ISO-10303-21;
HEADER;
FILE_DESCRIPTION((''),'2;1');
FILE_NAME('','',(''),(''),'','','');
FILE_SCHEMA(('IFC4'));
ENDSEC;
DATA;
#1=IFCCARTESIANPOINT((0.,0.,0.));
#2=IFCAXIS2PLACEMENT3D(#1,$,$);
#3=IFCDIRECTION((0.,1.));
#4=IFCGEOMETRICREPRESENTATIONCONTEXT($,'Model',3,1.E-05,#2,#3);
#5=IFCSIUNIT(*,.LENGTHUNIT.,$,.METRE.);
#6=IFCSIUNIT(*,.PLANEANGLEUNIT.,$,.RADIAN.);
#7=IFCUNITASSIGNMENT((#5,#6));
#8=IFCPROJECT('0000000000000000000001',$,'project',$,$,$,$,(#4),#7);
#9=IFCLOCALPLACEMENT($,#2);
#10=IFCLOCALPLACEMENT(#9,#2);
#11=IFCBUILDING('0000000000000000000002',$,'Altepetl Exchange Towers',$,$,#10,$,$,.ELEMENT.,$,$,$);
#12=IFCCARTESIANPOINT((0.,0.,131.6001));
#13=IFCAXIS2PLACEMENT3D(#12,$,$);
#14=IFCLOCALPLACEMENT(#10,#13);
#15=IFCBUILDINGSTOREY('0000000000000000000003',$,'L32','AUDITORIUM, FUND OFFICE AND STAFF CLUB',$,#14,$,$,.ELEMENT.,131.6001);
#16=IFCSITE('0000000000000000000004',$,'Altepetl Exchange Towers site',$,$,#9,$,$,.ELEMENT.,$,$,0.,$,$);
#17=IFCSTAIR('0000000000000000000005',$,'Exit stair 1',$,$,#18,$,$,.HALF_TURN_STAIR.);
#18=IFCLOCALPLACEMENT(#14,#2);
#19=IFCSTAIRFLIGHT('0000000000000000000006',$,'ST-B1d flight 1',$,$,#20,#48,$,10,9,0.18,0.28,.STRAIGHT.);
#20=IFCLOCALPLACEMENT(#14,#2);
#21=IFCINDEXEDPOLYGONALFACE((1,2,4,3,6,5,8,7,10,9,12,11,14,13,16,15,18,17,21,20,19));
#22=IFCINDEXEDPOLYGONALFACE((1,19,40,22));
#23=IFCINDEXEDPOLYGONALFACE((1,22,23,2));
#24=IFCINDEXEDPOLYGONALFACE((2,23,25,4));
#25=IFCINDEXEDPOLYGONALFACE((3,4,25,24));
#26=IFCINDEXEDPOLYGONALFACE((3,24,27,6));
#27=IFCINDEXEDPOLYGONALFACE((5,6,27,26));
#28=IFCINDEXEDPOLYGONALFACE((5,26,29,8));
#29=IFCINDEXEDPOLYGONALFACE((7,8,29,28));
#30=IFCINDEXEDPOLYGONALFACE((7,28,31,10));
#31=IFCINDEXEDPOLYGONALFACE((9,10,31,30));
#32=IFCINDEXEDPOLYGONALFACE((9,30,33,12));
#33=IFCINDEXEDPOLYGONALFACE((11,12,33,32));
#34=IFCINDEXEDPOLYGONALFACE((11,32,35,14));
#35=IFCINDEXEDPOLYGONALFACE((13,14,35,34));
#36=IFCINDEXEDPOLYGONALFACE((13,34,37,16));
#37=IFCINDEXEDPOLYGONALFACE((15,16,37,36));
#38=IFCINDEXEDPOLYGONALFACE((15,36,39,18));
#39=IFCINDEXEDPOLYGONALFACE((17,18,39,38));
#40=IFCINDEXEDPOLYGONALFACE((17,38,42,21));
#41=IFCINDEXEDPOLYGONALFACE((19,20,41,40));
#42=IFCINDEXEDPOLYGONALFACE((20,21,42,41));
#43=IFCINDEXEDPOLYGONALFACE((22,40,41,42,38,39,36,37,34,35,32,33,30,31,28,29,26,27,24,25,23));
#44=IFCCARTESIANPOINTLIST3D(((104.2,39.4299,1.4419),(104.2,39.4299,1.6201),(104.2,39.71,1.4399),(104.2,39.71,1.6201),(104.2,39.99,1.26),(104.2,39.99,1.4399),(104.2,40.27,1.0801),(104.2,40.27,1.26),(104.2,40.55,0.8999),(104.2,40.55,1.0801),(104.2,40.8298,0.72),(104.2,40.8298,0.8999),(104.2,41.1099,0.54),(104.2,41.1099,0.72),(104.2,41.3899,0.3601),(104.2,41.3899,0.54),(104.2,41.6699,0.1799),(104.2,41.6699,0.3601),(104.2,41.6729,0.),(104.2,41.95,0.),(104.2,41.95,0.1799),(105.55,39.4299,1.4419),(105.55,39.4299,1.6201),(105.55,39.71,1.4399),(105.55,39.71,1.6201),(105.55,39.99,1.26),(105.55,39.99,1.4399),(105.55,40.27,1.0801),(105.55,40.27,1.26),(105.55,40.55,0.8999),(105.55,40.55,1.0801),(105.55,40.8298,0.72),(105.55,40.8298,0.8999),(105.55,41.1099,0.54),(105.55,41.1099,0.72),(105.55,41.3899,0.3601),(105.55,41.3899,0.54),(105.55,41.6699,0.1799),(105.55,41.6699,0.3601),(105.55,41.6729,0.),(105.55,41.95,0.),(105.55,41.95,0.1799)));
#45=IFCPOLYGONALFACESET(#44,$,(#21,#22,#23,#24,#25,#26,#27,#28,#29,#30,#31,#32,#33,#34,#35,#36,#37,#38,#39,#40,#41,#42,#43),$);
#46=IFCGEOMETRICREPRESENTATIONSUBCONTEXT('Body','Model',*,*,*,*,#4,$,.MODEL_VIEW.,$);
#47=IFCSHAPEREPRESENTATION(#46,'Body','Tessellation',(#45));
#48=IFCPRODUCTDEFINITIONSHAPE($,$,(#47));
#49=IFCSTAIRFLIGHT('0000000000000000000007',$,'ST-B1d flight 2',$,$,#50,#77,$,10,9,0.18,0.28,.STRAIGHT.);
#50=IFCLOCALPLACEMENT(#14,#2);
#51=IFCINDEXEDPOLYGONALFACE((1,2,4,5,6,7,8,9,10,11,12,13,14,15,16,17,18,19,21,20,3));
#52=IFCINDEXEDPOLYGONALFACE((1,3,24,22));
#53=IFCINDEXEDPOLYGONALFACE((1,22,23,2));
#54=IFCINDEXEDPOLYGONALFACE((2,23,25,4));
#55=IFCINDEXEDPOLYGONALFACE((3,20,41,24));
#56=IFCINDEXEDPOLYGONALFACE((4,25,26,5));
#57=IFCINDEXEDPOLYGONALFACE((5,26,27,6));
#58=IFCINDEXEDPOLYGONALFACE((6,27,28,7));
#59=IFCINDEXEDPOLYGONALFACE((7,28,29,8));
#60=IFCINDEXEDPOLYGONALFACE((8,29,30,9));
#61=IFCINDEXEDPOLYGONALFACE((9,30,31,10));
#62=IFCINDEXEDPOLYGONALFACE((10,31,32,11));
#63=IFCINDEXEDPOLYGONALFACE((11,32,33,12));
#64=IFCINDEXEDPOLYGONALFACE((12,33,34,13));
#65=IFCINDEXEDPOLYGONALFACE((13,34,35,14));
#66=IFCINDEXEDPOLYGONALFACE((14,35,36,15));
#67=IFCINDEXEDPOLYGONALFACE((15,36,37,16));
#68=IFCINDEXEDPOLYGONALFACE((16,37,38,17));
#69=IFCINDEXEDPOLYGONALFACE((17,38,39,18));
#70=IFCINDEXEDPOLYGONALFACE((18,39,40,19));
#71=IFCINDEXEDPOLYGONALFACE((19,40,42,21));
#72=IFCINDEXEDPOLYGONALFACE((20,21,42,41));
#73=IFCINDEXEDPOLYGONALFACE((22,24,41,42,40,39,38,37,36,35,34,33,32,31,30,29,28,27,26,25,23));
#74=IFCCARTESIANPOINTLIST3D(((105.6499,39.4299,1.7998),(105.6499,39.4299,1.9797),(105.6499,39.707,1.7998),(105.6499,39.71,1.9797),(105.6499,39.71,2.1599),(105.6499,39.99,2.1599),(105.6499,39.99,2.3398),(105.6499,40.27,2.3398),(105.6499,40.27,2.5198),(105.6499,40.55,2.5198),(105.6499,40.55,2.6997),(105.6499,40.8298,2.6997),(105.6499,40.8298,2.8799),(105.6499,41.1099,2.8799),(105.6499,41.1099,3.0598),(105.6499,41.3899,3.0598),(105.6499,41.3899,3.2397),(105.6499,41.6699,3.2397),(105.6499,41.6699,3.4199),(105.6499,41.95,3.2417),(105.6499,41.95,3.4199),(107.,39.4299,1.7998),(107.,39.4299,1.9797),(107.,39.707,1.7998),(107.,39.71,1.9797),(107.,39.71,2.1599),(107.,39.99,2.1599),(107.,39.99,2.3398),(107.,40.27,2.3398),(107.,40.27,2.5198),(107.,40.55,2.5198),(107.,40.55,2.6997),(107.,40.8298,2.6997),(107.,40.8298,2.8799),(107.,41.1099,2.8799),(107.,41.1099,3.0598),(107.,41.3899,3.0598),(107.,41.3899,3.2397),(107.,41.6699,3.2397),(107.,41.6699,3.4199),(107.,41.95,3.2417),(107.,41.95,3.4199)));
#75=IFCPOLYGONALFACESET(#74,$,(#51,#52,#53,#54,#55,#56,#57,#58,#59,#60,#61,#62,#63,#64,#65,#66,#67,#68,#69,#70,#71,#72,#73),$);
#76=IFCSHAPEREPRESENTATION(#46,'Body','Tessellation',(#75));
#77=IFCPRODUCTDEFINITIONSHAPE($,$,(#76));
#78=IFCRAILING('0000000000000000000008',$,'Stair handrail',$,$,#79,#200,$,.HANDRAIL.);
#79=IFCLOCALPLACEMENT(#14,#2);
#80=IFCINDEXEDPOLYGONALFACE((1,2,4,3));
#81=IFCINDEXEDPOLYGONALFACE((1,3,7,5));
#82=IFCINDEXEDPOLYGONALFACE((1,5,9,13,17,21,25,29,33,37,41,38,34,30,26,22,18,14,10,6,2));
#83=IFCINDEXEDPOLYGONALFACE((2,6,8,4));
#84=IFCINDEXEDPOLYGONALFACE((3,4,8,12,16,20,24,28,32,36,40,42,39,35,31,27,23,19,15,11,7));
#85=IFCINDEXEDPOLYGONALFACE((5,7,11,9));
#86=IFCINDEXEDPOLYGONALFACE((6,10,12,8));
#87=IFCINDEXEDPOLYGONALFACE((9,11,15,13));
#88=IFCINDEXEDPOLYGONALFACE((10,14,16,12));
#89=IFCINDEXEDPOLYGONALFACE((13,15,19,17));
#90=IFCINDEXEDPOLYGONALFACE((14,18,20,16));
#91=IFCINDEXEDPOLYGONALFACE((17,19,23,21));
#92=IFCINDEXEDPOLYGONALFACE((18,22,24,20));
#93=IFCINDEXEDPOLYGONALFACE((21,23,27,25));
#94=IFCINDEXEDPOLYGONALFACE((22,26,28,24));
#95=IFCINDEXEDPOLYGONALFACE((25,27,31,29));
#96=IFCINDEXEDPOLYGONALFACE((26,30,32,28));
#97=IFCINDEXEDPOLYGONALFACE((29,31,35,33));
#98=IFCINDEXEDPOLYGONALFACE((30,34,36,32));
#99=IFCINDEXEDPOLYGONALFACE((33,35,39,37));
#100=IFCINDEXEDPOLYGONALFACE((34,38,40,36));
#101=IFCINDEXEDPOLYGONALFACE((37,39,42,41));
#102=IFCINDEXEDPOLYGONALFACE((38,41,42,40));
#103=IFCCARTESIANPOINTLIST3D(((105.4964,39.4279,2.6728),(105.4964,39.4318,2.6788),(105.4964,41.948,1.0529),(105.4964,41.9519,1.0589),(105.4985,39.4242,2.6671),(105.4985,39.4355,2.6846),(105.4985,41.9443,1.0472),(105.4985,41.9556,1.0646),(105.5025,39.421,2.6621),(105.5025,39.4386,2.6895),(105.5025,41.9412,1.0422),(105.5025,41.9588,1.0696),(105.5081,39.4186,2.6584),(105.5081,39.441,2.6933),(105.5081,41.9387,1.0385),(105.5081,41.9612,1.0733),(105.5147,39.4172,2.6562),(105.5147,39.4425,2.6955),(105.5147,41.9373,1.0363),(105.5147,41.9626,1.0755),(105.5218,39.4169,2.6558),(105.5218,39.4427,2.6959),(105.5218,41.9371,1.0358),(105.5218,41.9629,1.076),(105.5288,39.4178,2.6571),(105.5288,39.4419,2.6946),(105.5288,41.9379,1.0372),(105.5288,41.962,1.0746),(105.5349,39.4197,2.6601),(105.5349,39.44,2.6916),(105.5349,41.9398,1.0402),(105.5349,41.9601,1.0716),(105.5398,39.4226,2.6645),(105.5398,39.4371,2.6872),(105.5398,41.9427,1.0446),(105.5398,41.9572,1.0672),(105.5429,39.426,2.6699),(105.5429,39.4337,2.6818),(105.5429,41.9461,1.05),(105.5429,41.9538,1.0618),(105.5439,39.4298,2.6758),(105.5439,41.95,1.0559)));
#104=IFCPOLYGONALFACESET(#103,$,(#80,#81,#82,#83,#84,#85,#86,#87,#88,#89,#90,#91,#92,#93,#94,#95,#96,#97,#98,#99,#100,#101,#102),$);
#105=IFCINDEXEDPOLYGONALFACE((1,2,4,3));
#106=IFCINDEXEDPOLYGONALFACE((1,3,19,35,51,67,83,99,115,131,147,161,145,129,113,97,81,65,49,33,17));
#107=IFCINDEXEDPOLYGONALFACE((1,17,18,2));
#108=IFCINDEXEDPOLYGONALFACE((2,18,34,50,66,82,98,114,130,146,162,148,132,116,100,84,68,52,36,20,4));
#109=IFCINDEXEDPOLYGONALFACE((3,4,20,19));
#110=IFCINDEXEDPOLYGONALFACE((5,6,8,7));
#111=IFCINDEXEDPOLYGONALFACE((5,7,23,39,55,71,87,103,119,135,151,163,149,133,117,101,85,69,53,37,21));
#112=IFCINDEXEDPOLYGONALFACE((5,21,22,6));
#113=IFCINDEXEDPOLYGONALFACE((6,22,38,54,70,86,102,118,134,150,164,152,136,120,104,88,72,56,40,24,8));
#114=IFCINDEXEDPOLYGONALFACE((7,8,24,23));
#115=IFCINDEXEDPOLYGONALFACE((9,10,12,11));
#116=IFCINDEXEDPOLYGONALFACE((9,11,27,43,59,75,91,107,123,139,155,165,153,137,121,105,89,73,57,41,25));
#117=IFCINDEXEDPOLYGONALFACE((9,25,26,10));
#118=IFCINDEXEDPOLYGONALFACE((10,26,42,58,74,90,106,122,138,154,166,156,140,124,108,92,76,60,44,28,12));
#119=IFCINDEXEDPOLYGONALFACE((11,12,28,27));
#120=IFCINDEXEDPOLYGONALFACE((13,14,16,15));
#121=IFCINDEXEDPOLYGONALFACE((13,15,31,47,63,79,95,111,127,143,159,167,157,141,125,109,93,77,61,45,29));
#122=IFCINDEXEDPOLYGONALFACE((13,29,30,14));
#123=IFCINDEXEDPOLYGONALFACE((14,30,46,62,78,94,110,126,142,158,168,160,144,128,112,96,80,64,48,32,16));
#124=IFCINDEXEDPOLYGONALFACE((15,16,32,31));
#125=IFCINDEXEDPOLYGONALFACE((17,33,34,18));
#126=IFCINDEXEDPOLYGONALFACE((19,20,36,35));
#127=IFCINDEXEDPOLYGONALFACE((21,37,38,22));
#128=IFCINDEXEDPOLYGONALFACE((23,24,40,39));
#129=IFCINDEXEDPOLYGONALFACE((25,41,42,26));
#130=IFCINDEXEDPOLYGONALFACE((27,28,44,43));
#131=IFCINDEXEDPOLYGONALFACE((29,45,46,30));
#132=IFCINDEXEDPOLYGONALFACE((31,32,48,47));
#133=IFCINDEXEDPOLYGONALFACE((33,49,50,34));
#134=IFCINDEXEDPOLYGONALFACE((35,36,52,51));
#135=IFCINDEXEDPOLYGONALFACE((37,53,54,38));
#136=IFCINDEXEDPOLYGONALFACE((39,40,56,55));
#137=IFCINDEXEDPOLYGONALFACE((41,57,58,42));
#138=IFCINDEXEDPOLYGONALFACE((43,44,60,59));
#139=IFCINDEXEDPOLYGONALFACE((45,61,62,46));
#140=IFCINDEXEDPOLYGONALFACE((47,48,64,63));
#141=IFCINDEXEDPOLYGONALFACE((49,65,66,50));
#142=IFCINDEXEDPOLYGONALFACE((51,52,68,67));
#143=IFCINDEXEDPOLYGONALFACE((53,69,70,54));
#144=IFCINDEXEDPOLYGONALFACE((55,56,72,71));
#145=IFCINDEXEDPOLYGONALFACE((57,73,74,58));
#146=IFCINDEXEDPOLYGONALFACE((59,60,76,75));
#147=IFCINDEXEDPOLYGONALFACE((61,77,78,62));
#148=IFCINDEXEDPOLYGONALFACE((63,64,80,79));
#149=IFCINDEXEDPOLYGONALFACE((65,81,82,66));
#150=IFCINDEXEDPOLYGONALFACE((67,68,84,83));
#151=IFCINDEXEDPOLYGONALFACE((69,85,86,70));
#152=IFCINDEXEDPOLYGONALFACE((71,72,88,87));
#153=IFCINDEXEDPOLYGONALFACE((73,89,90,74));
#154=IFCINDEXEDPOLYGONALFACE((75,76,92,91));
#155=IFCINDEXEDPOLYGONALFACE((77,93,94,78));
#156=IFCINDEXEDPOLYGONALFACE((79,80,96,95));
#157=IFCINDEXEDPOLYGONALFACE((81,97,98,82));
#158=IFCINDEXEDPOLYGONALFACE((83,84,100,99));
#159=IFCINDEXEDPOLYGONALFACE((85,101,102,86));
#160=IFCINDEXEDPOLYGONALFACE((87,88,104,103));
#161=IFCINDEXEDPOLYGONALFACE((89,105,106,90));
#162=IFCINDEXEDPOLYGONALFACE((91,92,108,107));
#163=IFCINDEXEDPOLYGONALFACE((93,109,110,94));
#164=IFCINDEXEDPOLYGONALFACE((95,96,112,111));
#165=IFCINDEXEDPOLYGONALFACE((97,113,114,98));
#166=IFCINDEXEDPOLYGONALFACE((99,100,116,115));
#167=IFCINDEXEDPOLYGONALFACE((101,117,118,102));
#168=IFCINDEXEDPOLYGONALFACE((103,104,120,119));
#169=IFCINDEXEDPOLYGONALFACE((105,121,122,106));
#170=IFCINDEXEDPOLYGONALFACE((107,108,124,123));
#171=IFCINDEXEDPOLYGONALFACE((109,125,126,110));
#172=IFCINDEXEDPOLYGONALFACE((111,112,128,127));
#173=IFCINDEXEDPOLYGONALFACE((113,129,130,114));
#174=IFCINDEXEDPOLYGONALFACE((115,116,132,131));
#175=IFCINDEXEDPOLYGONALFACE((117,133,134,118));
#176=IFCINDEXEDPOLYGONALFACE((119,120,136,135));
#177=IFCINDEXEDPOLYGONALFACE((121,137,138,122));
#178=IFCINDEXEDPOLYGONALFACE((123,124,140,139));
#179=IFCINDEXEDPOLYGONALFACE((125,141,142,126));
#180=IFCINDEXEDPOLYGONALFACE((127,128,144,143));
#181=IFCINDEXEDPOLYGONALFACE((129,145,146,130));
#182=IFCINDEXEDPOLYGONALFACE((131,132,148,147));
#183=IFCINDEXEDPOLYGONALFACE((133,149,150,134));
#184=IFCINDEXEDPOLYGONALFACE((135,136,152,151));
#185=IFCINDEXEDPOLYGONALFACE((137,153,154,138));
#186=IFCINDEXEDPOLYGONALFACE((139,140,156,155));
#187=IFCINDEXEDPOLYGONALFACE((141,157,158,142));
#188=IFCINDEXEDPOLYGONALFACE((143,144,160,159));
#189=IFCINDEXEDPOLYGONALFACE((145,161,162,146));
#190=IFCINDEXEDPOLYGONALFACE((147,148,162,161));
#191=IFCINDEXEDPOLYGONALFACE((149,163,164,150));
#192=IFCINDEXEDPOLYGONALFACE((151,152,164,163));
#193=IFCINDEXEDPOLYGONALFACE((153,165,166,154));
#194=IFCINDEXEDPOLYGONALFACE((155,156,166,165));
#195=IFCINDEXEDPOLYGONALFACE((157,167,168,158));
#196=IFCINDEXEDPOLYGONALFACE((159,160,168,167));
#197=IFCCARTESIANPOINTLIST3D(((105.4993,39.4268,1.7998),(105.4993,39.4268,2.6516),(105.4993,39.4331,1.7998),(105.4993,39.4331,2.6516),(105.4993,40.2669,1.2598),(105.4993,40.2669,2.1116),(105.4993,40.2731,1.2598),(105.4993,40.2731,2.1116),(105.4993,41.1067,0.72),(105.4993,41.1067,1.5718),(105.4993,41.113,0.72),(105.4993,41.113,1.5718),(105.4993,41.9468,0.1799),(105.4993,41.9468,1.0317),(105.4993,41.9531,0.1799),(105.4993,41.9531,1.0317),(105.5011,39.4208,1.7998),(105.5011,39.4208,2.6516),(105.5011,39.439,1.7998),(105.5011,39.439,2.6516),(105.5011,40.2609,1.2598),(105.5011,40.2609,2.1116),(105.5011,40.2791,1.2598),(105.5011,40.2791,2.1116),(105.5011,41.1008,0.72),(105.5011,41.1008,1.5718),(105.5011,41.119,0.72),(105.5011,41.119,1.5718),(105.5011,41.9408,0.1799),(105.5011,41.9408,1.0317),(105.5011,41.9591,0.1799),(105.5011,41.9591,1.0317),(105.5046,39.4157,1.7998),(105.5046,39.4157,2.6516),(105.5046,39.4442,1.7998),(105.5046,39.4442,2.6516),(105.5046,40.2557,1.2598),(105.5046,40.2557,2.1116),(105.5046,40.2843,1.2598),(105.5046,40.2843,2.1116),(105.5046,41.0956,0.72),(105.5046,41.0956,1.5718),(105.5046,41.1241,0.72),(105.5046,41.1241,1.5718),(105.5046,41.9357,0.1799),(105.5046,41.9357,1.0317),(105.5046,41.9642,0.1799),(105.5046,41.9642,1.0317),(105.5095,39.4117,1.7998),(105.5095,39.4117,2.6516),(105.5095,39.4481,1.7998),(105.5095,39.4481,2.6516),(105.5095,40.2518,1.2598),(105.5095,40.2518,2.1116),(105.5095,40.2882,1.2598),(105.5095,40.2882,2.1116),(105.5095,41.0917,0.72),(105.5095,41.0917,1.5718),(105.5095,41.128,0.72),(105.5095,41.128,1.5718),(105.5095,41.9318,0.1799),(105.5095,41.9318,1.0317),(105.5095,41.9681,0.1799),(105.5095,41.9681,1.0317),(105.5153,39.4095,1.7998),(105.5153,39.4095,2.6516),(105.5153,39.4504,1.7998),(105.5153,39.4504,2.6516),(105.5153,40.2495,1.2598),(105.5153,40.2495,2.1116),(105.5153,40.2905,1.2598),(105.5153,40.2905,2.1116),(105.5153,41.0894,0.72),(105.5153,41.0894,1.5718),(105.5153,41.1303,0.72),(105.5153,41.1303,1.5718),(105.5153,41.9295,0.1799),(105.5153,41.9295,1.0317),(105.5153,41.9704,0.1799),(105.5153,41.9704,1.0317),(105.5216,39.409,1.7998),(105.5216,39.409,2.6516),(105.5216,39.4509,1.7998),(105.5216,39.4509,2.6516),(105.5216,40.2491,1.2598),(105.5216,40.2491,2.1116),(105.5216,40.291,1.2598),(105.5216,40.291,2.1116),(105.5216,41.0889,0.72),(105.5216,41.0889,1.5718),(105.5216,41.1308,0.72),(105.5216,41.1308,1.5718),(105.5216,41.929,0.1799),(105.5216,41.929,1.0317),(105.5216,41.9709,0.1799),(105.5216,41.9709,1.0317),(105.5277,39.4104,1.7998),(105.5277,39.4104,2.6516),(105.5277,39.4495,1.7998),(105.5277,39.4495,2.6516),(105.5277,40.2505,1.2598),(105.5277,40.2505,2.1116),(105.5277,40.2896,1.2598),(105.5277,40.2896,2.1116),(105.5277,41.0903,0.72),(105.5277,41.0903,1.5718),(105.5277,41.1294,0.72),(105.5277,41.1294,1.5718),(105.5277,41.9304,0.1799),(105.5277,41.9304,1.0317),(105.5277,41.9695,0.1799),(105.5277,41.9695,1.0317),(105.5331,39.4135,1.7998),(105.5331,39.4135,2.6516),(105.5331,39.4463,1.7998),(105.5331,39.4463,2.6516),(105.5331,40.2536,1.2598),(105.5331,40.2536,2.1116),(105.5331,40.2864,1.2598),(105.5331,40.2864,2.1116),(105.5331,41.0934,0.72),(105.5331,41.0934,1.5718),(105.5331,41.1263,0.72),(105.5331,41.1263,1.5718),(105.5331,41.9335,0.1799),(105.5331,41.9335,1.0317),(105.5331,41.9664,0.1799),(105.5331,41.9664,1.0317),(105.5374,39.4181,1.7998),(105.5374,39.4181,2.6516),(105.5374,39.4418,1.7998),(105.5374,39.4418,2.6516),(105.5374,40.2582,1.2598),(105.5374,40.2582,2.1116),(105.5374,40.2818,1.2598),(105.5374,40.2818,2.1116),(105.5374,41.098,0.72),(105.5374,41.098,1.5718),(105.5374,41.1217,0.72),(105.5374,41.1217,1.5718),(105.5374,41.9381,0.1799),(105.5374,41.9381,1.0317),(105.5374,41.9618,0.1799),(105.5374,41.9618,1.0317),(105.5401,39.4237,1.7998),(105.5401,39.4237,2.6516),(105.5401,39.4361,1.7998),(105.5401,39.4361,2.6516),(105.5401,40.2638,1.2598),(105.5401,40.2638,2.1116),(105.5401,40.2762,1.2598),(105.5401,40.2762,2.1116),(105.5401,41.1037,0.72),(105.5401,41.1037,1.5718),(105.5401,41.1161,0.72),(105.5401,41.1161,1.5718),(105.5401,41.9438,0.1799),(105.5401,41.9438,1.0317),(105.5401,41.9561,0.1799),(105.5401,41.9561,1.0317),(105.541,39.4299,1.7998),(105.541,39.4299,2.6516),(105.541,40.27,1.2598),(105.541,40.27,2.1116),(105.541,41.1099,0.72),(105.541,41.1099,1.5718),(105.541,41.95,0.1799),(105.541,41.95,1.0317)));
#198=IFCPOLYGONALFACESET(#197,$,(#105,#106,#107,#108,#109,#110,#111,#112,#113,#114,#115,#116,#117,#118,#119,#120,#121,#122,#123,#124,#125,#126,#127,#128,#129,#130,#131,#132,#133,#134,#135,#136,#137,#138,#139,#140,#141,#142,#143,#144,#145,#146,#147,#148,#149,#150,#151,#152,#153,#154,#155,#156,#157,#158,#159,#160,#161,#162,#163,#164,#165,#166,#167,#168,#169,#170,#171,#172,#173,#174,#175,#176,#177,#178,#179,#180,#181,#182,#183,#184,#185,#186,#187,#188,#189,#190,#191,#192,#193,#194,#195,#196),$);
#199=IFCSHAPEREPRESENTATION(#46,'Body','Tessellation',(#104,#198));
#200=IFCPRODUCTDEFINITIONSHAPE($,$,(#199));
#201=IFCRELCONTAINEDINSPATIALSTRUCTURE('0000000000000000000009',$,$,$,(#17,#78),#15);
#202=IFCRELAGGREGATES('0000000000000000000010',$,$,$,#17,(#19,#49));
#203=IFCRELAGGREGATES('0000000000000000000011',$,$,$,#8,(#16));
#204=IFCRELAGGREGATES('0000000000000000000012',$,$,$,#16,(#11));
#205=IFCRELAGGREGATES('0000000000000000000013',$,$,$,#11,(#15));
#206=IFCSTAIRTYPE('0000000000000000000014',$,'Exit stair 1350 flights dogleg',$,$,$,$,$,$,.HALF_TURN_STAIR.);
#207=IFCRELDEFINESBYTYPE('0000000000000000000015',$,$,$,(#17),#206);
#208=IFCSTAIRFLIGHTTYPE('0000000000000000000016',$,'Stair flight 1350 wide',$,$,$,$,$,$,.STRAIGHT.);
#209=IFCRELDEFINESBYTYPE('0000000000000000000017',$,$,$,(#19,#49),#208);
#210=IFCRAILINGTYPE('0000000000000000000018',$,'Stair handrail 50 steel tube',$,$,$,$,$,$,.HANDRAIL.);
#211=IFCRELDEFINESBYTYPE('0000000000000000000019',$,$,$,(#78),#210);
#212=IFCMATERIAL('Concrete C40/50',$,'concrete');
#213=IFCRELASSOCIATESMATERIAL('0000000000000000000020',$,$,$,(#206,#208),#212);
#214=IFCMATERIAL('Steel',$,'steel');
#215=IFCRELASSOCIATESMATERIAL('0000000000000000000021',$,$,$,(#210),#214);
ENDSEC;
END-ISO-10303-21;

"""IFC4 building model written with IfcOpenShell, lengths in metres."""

from ifc_helpers import new_model, si_unit, direction, frame, origin, origin_2d, place, context, subcontext, project, spatial, polyline, circle, outline, extrude, source, transform, mapped, material, type_object, element, aggregate, save


model = new_model("IFC4")

# Units and contexts
model_context = context("Model", 3, precision=1e-05, world=origin(), true_north=direction((0.0, 1.0)))
body_context = subcontext(model_context, "Body", "Model", "MODEL_VIEW")
ifc_project = project(units=[si_unit("LENGTHUNIT", "METRE"), si_unit("PLANEANGLEUNIT", "RADIAN")], contexts=[model_context])

# Site, building, storey
site_placement = place(None, origin())
site = spatial("IfcSite", under=ifc_project, at=site_placement, Name="Altepetl Exchange Towers site", CompositionType="ELEMENT", RefElevation=0.0)
building_placement = place(site_placement, origin())
building = spatial("IfcBuilding", under=site, at=building_placement, Name="Altepetl Exchange Towers", CompositionType="ELEMENT")
storey_placement = place(building_placement, frame((0.0, 0.0, 131.6001)))
storey = spatial("IfcBuildingStorey", under=building, at=storey_placement, Name="L32", Description="AUDITORIUM, FUND OFFICE AND STAFF CLUB", CompositionType="ELEMENT", Elevation=131.6001)

# Shared definitions
ifc_material_1 = material(Name="Concrete C40/50", Category="concrete")

# Stair, stair flights
stair_type = type_object("IfcStairType", Name="Exit stair 1350 flights dogleg", PredefinedType="HALF_TURN_STAIR", material=ifc_material_1)
stair_placement = place(storey_placement, origin())
stair = element("IfcStair", 1, at=stair_placement, inside=storey, type_object=stair_type, Name="Exit stair 1", PredefinedType="HALF_TURN_STAIR")
stair_flight_type = type_object("IfcStairFlightType", Name="Stair flight 1350 wide", PredefinedType="STRAIGHT", material=ifc_material_1)
stair_flight_1_placement = place(storey_placement, frame((104.875, 41.95, 0.0), z_axis=(0.0, 0.0, 1.0), x_axis=(0.0, -1.0, 0.0)))
stair_flight_1 = element("IfcStairFlight", 2, at=stair_flight_1_placement, type_object=stair_flight_type, Name="ST-B1d flight 1", NumberOfRisers=10, NumberOfTreads=9, PredefinedType="STRAIGHT", RiserHeight=0.18, TreadLength=0.28, context=body_context, shape_type="SweptSolid", body=[
    extrude(outline(polyline([(0.0, 0.0), (0.0, 0.1799), (0.28, 0.1799), (0.28, 0.3601), (0.5601, 0.3601), (0.5601, 0.54), (0.8401, 0.54), (0.8401, 0.72), (1.1201, 0.72), (1.1201, 0.8999), (1.3999, 0.8999), (1.3999, 1.0801), (1.6799, 1.0801), (1.6799, 1.26), (1.96, 1.26), (1.96, 1.4399), (2.24, 1.4399), (2.24, 1.6201), (2.52, 1.6201), (2.52, 1.8), (2.52, 1.4419), (0.2771, 0.0), (0.0, 0.0)])), frame((0.0, 0.675, 0.0), z_axis=(0.0, -1.0, 0.0), x_axis=(1.0, 0.0, 0.0)), (0.0, 0.0, 1.0), 1.3501),
])
stair_flight_2_placement = place(storey_placement, frame((106.325, 39.4299, 1.7998), z_axis=(0.0, 0.0, 1.0), x_axis=(0.0, 1.0, 0.0)))
stair_flight_2 = element("IfcStairFlight", 3, at=stair_flight_2_placement, type_object=stair_flight_type, Name="ST-B1d flight 2", NumberOfRisers=10, NumberOfTreads=9, PredefinedType="STRAIGHT", RiserHeight=0.18, TreadLength=0.28, context=body_context, shape_type="SweptSolid", body=[
    extrude(outline(polyline([(0.0, 0.0), (0.0, 0.1799), (0.28, 0.1799), (0.28, 0.3601), (0.5601, 0.3601), (0.5601, 0.54), (0.8401, 0.54), (0.8401, 0.72), (1.1201, 0.72), (1.1201, 0.8999), (1.3999, 0.8999), (1.3999, 1.0801), (1.6799, 1.0801), (1.6799, 1.26), (1.96, 1.26), (1.96, 1.4399), (2.24, 1.4399), (2.24, 1.6201), (2.52, 1.6201), (2.52, 1.8), (2.52, 1.4419), (0.2771, 0.0), (0.0, 0.0)])), frame((0.0, 0.675, 0.0), z_axis=(0.0, -1.0, 0.0), x_axis=(1.0, 0.0, 0.0)), (0.0, 0.0, 1.0), 1.3501),
])
aggregate(stair, [stair_flight_1, stair_flight_2])

# Railing
ifc_material_2 = material(Name="Steel", Category="steel")
railing_type = type_object("IfcRailingType", Name="Stair handrail 50 steel tube", PredefinedType="HANDRAIL", material=ifc_material_2)
shared_shape = source(origin(), body_context, "Body", "SweptSolid", [
    extrude(circle(Radius=0.021, at=origin_2d()), origin(), (0.0, 0.0, 1.0), 0.8518),
])
railing_1_placement = place(storey_placement, frame((105.52, 41.95, 0.1799)))
element("IfcRailing", 4, at=railing_1_placement, inside=storey, type_object=railing_type, Name="Stair handrail", PredefinedType="HANDRAIL", context=body_context, shape_type="SweptSolid", body=[
    extrude(circle(Radius=0.0239, at=origin_2d()), frame((0.0, 0.0, 0.876), z_axis=(0.0, -0.8412, 0.540725), x_axis=(1.0, 0.0, 0.0)), (0.0, 0.0, 1.0), 2.9958),
    mapped(shared_shape, transform((0.0, 0.0, 0.0))),
    mapped(shared_shape, transform((0.0, -0.8401, 0.54))),
    mapped(shared_shape, transform((0.0, -1.6799, 1.0798))),
    mapped(shared_shape, transform((0.0, -2.52, 1.6199))),
])

save(model, "model.ifc")
